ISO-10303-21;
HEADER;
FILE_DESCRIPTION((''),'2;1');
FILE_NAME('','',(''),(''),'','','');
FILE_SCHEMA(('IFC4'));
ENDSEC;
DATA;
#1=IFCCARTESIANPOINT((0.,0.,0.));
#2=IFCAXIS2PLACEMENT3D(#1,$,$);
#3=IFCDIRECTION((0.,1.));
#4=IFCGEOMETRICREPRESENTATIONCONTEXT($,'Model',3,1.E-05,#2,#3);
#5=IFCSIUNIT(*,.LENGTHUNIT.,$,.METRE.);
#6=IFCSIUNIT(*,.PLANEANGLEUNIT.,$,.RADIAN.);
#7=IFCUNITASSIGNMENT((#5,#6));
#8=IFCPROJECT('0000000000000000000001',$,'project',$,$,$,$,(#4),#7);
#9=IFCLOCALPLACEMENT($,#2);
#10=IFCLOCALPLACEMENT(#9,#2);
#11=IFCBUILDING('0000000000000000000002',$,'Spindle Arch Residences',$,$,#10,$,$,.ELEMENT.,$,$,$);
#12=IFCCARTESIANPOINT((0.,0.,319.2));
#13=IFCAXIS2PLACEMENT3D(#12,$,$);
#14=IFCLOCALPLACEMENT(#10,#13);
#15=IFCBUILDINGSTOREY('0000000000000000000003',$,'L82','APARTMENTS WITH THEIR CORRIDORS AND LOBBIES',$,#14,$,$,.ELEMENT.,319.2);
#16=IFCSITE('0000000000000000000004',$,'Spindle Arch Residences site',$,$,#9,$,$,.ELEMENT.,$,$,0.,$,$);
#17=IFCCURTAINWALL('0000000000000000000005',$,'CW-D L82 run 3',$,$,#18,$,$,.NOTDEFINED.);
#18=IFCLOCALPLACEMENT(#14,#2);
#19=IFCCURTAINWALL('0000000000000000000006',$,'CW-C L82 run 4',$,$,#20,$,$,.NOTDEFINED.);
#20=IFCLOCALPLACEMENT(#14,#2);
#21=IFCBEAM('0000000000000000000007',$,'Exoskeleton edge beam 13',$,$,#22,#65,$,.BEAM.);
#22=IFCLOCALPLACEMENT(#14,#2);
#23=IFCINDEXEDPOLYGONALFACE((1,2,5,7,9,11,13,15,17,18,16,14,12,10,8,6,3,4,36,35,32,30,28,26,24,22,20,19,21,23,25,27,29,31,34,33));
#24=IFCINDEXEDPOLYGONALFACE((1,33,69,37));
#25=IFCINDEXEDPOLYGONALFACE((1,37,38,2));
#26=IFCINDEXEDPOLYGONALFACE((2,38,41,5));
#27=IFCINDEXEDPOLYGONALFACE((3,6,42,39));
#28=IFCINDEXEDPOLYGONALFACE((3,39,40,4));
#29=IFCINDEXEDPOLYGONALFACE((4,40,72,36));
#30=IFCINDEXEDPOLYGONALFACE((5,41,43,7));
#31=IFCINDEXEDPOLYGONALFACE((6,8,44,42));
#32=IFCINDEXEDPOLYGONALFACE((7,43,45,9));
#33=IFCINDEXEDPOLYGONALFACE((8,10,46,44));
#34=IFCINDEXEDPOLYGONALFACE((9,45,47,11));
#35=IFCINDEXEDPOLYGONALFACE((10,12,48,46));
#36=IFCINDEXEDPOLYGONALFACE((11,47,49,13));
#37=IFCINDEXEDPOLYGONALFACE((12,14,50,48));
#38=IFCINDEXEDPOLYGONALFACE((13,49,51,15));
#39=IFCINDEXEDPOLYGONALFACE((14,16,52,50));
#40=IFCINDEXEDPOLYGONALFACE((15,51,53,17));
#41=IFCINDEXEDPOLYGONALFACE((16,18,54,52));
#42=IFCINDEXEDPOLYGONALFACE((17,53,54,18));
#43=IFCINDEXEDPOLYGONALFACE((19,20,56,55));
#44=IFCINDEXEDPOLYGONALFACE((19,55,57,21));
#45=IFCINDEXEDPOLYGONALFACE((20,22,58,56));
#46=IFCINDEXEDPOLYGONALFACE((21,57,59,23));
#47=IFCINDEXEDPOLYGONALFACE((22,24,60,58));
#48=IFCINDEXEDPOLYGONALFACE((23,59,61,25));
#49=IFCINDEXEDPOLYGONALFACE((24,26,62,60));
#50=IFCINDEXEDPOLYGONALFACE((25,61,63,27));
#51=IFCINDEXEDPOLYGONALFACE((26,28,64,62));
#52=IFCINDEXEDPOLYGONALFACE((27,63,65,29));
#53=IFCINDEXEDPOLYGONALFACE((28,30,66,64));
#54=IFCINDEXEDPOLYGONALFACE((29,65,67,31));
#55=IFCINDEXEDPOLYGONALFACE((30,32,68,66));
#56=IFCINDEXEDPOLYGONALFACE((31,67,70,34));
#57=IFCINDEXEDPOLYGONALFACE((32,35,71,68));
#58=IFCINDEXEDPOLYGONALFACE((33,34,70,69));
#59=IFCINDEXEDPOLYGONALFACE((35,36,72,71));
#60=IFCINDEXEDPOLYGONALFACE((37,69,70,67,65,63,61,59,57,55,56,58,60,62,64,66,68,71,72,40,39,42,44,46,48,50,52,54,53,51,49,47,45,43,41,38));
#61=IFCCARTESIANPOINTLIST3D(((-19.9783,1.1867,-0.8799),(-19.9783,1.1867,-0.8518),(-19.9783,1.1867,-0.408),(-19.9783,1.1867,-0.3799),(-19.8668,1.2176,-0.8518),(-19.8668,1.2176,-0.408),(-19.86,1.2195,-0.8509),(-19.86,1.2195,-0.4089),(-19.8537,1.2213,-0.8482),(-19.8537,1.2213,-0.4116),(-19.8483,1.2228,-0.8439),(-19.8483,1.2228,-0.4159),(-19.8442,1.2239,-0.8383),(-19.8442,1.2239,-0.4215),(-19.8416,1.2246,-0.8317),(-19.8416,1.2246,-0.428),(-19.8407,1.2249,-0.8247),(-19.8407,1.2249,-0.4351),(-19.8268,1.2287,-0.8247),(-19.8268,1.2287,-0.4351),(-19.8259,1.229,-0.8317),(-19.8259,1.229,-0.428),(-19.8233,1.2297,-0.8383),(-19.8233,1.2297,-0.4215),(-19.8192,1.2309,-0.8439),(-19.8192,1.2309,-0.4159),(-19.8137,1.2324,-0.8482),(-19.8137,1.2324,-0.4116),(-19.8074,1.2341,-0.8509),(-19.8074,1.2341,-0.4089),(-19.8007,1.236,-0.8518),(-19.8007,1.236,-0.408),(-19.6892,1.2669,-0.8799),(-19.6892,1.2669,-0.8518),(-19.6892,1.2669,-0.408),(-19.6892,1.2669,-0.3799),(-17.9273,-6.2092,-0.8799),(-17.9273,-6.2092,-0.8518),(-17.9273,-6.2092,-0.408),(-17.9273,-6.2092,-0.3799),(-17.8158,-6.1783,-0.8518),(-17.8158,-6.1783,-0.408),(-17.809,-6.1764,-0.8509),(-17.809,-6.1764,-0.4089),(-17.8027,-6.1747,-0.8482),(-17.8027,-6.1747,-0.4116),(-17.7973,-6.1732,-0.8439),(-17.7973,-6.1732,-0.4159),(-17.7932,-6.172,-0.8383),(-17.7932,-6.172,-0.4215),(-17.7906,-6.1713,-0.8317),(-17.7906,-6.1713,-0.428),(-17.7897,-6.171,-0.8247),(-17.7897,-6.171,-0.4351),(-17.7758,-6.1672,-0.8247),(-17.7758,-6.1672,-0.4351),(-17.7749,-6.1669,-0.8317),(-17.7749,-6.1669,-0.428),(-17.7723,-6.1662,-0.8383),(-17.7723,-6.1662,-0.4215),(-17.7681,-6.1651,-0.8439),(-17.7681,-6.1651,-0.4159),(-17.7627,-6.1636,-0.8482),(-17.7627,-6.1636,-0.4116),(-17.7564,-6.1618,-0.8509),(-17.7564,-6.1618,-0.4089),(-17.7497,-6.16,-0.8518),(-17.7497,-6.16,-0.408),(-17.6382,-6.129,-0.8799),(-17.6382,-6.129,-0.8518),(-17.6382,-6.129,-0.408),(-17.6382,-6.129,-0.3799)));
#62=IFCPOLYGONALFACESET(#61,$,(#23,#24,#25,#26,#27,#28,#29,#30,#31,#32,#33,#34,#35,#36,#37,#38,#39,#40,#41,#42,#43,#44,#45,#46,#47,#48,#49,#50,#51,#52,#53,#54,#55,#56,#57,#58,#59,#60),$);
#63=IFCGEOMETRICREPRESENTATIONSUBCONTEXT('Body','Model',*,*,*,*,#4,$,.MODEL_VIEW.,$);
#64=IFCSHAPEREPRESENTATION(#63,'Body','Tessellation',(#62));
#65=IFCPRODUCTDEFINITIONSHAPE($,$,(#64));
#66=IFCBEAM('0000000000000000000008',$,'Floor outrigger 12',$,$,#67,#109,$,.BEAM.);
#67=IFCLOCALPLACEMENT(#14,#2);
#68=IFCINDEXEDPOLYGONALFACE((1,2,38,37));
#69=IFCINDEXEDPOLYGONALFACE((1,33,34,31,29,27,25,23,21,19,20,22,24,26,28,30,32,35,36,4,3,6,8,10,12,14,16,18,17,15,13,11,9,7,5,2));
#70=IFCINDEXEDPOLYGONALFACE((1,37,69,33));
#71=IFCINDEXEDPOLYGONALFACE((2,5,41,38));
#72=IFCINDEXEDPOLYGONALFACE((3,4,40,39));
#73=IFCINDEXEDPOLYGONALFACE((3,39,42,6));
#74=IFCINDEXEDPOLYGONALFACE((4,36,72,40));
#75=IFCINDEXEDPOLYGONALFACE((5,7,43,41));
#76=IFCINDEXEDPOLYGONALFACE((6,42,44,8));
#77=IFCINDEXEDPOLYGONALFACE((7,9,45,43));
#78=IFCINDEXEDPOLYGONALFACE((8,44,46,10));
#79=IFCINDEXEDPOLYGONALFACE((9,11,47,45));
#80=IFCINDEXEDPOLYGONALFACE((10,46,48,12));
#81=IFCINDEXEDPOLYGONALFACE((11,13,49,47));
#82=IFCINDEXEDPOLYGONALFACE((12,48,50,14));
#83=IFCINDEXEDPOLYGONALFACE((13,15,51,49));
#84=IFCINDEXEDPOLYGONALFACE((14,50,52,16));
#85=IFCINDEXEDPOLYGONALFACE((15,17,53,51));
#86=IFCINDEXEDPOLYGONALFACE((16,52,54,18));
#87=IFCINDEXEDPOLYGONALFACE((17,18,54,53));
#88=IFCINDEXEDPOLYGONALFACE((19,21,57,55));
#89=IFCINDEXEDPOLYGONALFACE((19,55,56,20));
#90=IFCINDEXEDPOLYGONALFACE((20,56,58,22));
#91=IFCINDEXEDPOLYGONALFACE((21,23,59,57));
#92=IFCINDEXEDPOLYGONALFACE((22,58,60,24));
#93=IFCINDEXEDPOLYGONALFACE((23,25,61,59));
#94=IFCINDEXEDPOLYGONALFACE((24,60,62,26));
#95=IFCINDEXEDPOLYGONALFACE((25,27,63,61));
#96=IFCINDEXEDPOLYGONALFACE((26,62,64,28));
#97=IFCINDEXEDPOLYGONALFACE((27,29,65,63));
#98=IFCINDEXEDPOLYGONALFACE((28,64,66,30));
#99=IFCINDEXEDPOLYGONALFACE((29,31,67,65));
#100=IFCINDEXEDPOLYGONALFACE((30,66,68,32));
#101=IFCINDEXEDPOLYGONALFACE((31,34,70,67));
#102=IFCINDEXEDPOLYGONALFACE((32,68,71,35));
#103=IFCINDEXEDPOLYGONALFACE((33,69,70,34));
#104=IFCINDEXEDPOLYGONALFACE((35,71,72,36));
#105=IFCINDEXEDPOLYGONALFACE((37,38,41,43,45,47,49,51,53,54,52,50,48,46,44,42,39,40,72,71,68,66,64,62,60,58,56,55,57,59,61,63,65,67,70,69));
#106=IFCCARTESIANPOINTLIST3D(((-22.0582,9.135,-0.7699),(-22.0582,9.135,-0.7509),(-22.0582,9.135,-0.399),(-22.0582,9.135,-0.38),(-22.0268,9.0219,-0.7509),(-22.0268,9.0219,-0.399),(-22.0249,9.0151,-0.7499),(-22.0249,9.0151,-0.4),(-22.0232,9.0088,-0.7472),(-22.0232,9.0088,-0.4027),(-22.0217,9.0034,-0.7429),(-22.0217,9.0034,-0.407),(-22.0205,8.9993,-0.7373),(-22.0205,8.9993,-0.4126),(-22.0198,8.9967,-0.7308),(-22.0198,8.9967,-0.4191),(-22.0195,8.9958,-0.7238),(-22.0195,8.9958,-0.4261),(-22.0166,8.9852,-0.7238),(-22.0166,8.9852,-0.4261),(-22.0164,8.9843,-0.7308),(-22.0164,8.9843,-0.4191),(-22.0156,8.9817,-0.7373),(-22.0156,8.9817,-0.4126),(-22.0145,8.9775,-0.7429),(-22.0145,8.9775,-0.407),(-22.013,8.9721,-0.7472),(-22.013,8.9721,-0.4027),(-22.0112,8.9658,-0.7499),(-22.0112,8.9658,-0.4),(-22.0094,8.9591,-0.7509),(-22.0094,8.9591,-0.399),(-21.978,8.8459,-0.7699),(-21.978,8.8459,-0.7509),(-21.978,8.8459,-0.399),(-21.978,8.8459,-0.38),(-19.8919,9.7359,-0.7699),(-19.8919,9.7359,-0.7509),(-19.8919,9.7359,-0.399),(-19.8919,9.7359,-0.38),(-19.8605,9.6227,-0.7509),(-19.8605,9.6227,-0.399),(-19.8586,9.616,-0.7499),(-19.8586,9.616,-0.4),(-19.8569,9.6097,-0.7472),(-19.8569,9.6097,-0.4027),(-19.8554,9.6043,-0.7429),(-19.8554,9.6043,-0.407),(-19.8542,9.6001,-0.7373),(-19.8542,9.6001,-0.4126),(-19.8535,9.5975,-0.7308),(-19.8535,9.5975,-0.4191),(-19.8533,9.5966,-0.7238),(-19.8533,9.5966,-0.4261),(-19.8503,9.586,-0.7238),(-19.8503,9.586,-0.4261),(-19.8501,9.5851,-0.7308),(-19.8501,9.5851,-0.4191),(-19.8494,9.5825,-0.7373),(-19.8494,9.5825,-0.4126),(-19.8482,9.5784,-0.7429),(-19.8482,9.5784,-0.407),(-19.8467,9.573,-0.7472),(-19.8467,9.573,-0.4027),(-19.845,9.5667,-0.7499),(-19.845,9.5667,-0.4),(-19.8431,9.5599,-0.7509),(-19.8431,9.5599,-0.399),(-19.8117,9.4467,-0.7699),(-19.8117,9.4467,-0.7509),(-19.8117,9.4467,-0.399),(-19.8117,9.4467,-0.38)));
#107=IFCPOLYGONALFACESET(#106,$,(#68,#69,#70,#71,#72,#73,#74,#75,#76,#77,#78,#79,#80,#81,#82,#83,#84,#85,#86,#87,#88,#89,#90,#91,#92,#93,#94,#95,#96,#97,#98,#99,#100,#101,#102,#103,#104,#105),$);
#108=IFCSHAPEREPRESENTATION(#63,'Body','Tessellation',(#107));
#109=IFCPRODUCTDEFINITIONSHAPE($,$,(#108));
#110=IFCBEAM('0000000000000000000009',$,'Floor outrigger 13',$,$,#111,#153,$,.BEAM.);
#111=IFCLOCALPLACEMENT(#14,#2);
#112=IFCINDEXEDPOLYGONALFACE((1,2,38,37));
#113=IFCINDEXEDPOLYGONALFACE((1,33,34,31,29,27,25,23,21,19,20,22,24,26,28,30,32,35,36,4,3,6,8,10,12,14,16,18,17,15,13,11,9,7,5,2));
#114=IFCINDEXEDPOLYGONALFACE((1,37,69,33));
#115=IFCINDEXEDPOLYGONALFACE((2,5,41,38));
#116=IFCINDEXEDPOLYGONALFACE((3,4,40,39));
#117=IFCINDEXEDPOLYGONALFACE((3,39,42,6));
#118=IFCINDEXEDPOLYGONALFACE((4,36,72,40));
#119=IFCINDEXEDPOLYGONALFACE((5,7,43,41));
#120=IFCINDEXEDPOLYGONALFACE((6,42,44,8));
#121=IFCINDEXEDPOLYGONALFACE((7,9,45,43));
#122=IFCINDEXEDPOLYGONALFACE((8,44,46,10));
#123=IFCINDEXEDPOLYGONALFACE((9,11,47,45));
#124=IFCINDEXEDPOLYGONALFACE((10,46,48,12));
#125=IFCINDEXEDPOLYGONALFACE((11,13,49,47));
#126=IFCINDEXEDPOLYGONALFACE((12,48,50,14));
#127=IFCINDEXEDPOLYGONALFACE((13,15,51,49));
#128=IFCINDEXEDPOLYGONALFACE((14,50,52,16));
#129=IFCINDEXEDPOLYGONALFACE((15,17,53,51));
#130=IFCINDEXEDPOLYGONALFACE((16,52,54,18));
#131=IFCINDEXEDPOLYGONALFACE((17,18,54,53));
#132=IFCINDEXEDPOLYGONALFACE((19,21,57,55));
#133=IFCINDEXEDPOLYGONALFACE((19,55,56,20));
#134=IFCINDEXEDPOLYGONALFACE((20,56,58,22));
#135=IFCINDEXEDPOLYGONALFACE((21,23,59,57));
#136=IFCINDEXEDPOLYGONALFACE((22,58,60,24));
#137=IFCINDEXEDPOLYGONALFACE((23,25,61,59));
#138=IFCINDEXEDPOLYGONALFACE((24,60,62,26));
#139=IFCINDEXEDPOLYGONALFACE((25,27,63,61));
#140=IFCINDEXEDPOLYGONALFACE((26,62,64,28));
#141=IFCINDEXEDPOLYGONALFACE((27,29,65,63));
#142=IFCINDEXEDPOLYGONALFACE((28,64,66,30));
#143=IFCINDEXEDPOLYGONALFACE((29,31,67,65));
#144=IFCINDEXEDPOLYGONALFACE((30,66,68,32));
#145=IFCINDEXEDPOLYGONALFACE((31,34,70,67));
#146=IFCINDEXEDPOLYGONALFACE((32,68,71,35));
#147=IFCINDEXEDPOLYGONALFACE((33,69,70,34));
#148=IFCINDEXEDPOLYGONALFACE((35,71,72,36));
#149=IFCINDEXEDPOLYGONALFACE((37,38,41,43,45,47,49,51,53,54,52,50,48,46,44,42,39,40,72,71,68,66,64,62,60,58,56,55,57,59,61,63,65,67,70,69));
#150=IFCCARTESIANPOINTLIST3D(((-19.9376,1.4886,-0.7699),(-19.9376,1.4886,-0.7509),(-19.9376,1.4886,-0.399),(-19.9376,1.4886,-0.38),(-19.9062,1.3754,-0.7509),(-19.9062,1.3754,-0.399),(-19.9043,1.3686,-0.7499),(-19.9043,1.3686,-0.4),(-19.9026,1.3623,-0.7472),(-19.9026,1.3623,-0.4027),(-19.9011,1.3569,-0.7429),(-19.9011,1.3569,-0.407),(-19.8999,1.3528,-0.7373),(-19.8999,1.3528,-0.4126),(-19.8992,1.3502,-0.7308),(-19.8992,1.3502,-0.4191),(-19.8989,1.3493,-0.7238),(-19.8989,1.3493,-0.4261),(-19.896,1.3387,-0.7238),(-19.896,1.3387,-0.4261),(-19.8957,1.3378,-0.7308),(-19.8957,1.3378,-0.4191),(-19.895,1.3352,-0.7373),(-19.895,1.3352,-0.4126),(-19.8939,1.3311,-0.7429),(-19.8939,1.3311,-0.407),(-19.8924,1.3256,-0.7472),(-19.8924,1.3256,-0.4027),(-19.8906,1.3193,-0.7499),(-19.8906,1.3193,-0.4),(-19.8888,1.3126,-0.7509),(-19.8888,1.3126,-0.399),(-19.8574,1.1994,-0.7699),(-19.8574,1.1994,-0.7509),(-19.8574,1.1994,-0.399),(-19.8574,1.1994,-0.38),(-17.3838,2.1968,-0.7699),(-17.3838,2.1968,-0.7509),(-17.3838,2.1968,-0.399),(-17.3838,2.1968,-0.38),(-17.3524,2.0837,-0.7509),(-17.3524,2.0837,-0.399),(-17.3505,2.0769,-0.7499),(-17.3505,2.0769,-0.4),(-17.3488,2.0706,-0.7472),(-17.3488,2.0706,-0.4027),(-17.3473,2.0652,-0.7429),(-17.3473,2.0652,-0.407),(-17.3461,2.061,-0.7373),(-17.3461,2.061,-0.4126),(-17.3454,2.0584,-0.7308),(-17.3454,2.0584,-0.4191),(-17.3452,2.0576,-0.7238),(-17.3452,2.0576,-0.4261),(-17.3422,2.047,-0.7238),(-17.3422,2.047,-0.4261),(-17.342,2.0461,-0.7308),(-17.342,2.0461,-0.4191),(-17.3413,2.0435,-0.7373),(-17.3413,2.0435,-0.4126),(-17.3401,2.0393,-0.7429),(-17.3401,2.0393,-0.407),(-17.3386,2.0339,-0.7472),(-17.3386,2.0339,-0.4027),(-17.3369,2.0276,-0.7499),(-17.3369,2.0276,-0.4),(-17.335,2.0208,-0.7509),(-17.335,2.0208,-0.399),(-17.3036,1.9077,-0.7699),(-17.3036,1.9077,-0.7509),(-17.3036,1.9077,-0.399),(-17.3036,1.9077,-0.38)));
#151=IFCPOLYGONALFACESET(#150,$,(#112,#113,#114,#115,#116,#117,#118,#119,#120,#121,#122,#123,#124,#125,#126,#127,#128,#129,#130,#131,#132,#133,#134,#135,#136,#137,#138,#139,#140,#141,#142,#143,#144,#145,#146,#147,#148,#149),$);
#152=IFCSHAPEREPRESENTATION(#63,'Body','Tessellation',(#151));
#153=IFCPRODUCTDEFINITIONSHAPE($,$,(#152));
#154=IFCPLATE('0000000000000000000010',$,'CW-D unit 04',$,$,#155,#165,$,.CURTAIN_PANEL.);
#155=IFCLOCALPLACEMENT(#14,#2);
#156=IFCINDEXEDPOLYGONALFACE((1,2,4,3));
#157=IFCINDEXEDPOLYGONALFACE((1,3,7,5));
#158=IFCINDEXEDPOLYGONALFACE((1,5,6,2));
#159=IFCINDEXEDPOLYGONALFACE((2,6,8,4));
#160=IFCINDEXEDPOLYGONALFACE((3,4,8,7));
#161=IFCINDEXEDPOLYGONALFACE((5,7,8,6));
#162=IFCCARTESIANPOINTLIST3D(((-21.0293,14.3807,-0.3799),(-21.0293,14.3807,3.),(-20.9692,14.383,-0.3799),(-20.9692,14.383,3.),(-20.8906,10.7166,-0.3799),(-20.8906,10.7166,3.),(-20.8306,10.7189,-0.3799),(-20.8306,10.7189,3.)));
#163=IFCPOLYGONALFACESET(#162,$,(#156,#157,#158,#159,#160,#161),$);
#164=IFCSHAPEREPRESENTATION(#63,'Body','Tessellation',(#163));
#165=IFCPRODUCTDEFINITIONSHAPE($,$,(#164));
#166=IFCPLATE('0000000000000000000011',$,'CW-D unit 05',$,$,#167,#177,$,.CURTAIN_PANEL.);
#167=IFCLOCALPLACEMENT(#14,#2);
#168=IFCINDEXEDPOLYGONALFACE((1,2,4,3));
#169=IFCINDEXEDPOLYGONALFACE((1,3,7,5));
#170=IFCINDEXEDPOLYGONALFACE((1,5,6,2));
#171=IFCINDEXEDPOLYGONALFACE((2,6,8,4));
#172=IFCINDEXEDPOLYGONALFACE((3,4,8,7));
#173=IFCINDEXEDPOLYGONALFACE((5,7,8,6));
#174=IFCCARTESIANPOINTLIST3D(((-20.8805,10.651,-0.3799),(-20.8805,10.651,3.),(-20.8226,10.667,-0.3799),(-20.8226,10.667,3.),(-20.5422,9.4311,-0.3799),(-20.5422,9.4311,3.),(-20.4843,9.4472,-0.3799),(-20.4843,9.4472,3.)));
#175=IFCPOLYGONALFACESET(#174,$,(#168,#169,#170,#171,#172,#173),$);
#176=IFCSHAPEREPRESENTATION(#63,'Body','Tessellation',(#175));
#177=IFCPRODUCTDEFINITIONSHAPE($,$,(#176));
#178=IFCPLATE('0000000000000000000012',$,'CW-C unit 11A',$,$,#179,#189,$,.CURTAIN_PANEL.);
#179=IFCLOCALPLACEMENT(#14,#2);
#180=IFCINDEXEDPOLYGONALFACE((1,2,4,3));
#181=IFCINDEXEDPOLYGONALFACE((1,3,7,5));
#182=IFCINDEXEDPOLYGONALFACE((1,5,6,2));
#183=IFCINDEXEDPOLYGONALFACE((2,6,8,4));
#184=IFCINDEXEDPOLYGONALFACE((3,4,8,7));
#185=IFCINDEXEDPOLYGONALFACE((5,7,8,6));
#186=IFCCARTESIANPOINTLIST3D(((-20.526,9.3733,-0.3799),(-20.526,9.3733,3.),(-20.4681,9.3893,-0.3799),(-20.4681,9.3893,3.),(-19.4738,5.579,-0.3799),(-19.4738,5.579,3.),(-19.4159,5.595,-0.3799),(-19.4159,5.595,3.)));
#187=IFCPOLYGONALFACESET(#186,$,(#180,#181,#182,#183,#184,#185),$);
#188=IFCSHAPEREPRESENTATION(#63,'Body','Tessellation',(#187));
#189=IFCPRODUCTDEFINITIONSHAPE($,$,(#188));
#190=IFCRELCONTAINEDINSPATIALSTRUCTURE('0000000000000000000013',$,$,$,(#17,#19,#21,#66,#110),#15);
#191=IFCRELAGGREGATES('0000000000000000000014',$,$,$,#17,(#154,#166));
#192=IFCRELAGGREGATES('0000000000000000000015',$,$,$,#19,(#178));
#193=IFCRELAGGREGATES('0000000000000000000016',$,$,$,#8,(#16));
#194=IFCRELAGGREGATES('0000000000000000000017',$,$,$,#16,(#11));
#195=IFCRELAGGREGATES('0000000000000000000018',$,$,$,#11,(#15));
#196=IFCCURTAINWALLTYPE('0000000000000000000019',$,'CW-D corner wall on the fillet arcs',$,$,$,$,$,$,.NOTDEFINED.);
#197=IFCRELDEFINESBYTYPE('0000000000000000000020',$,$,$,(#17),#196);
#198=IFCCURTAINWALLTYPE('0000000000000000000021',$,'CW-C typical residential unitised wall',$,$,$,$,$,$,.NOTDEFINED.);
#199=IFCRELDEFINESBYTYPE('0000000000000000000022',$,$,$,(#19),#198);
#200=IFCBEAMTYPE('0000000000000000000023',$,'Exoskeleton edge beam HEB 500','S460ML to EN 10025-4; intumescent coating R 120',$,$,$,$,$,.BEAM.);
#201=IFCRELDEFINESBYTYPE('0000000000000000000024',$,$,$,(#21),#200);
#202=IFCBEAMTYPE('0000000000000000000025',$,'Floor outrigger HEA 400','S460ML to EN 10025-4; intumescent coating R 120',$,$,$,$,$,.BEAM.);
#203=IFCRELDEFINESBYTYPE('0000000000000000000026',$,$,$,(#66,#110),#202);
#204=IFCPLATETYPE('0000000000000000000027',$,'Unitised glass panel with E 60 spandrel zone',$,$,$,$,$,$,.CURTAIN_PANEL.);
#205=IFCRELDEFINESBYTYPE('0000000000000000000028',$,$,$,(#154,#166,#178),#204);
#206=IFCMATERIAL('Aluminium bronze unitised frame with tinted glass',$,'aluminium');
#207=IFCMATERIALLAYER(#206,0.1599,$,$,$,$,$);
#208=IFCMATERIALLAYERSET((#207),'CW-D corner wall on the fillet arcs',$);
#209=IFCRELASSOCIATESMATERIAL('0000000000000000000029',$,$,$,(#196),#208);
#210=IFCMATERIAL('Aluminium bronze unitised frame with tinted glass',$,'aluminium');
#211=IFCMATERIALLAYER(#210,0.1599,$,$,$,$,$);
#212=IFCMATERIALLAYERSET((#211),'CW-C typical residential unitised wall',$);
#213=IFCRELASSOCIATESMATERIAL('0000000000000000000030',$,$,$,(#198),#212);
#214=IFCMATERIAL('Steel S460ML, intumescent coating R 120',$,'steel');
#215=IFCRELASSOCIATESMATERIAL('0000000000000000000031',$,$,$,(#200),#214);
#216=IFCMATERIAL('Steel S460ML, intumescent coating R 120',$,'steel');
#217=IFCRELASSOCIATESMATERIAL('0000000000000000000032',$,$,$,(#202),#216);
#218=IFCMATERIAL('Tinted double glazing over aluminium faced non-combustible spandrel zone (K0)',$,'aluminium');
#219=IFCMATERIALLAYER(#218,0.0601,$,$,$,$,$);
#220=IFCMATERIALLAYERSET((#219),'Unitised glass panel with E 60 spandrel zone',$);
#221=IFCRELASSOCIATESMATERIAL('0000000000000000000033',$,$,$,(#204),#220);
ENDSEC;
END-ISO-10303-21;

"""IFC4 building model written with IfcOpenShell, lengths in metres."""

from ifc_helpers import new_model, si_unit, direction, frame, origin, origin_2d, place, context, subcontext, project, spatial, rectangle, i_section, extrude, material, layer, layer_set, material_profile, profile_set, type_object, element, aggregate, save


model = new_model("IFC4")

# Units and contexts
model_context = context("Model", 3, precision=1e-05, world=origin(), true_north=direction((0.0, 1.0)))
body_context = subcontext(model_context, "Body", "Model", "MODEL_VIEW")
ifc_project = project(units=[si_unit("LENGTHUNIT", "METRE"), si_unit("PLANEANGLEUNIT", "RADIAN")], contexts=[model_context])

# Site, building, storey
site_placement = place(None, origin())
site = spatial("IfcSite", under=ifc_project, at=site_placement, Name="Spindle Arch Residences site", CompositionType="ELEMENT", RefElevation=0.0)
building_placement = place(site_placement, origin())
building = spatial("IfcBuilding", under=site, at=building_placement, Name="Spindle Arch Residences", CompositionType="ELEMENT")
storey_placement = place(building_placement, frame((0.0, 0.0, 319.2)))
storey = spatial("IfcBuildingStorey", under=building, at=storey_placement, Name="L82", Description="APARTMENTS WITH THEIR CORRIDORS AND LOBBIES", CompositionType="ELEMENT", Elevation=319.2)

# Curtain wall
ifc_material_1 = material(Name="Aluminium bronze unitised frame with tinted glass", Category="aluminium")
ifc_layer_1 = layer(ifc_material_1, 0.1599)
ifc_layer_set_1 = layer_set([ifc_layer_1], Name="CW-D corner wall on the fillet arcs")
curtain_wall_type_1 = type_object("IfcCurtainWallType", Name="CW-D corner wall on the fillet arcs", PredefinedType="NOTDEFINED", material=ifc_layer_set_1)
curtain_wall_1_placement = place(storey_placement, origin())
curtain_wall_1 = element("IfcCurtainWall", 1, at=curtain_wall_1_placement, inside=storey, type_object=curtain_wall_type_1, Name="CW-D L82 run 3", PredefinedType="NOTDEFINED")

# Curtain wall
ifc_material_2 = material(Name="Aluminium bronze unitised frame with tinted glass", Category="aluminium")
ifc_layer_2 = layer(ifc_material_2, 0.1599)
ifc_layer_set_2 = layer_set([ifc_layer_2], Name="CW-C typical residential unitised wall")
curtain_wall_type_2 = type_object("IfcCurtainWallType", Name="CW-C typical residential unitised wall", PredefinedType="NOTDEFINED", material=ifc_layer_set_2)
curtain_wall_2_placement = place(storey_placement, origin())
curtain_wall_2 = element("IfcCurtainWall", 2, at=curtain_wall_2_placement, inside=storey, type_object=curtain_wall_type_2, Name="CW-C L82 run 4", PredefinedType="NOTDEFINED")

# Beams
ifc_material_3 = material(Name="Steel S460ML, intumescent coating R 120", Category="steel")
ifc_material_profile_1 = material_profile(ifc_material_3, i_section(OverallWidth=0.3, OverallDepth=0.5, WebThickness=0.0144, FlangeThickness=0.0281, FilletRadius=0.0271, at=origin_2d()), Name="HEB 500")
ifc_profile_set_1 = profile_set([ifc_material_profile_1], Name="Steel S460ML, intumescent coating R 120")
beam_type_1 = type_object("IfcBeamType", Name="Exoskeleton edge beam HEB 500", Description="S460ML to EN 10025-4; intumescent coating R 120", PredefinedType="BEAM", material=ifc_profile_set_1)
for number, where, z_axis, x_axis, name in (
    (3, (-19.8337, 1.2268, -0.6299), (0.26723, -0.963633, 0.0), (0.963633, 0.26723, 0.0), "Exoskeleton edge beam 13"),
):
    element("IfcBeam", number, at=place(storey_placement, frame(where, z_axis=z_axis, x_axis=x_axis)), inside=storey, type_object=beam_type_1, Name=name, PredefinedType="BEAM", context=body_context, shape_type="SweptSolid", body=[
        extrude(i_section(OverallWidth=0.3, OverallDepth=0.5, WebThickness=0.0144, FlangeThickness=0.0281, FilletRadius=0.0271, at=origin_2d()), origin(), (0.0, 0.0, 1.0), 7.675),
    ])
ifc_material_4 = material(Name="Steel S460ML, intumescent coating R 120", Category="steel")
ifc_material_profile_2 = material_profile(ifc_material_4, i_section(OverallWidth=0.3, OverallDepth=0.3899, WebThickness=0.011, FlangeThickness=0.019, FilletRadius=0.0271, at=origin_2d()), Name="HEA 400")
ifc_profile_set_2 = profile_set([ifc_material_profile_2], Name="Steel S460ML, intumescent coating R 120")
beam_type_2 = type_object("IfcBeamType", Name="Floor outrigger HEA 400", Description="S460ML to EN 10025-4; intumescent coating R 120", PredefinedType="BEAM", material=ifc_profile_set_2)
beam_1_placement = place(storey_placement, frame((-22.0181, 8.9905, -0.575), z_axis=(0.963622, 0.267269, 0.0), x_axis=(-0.267269, 0.963622, 0.0)))
element("IfcBeam", 4, at=beam_1_placement, inside=storey, type_object=beam_type_2, Name="Floor outrigger 12", PredefinedType="BEAM", context=body_context, shape_type="SweptSolid", body=[
    extrude(i_section(OverallWidth=0.3, OverallDepth=0.3899, WebThickness=0.011, FlangeThickness=0.019, FilletRadius=0.0271, at=origin_2d()), origin(), (0.0, 0.0, 1.0), 2.248),
])
beam_2_placement = place(storey_placement, frame((-19.8975, 1.344, -0.575), z_axis=(0.963626, 0.267254, 0.0), x_axis=(-0.267254, 0.963626, 0.0)))
element("IfcBeam", 5, at=beam_2_placement, inside=storey, type_object=beam_type_2, Name="Floor outrigger 13", PredefinedType="BEAM", context=body_context, shape_type="SweptSolid", body=[
    extrude(i_section(OverallWidth=0.3, OverallDepth=0.3899, WebThickness=0.011, FlangeThickness=0.019, FilletRadius=0.0271, at=origin_2d()), origin(), (0.0, 0.0, 1.0), 2.6501),
])

# Plates
ifc_material_5 = material(Name="Tinted double glazing over aluminium faced non-combustible spandrel zone (K0)", Category="aluminium")
ifc_layer_3 = layer(ifc_material_5, 0.0601)
ifc_layer_set_3 = layer_set([ifc_layer_3], Name="Unitised glass panel with E 60 spandrel zone")
plate_type = type_object("IfcPlateType", Name="Unitised glass panel with E 60 spandrel zone", PredefinedType="CURTAIN_PANEL", material=ifc_layer_set_3)
plate_1_placement = place(storey_placement, frame((-20.9299, 12.5498, -0.3799), z_axis=(0.0, 0.0, 1.0), x_axis=(0.037806, -0.999285, 0.0)))
plate_1 = element("IfcPlate", 6, at=plate_1_placement, type_object=plate_type, Name="CW-D unit 04", PredefinedType="CURTAIN_PANEL", context=body_context, shape_type="SweptSolid", body=[
    extrude(rectangle(XDim=3.6667, YDim=0.0601, at=origin_2d()), origin(), (0.0, 0.0, 1.0), 3.3799),
])
plate_2_placement = place(storey_placement, frame((-20.6824, 10.0491, -0.3799), z_axis=(0.0, 0.0, 1.0), x_axis=(0.267238, -0.96363, 0.0)))
plate_2 = element("IfcPlate", 7, at=plate_2_placement, type_object=plate_type, Name="CW-D unit 05", PredefinedType="CURTAIN_PANEL", context=body_context, shape_type="SweptSolid", body=[
    extrude(rectangle(XDim=1.2659, YDim=0.0601, at=origin_2d()), origin(), (0.0, 0.0, 1.0), 3.3799),
])
aggregate(curtain_wall_1, [plate_1, plate_2])
plate_3_placement = place(storey_placement, frame((-19.9709, 7.4841, -0.3799), z_axis=(0.0, 0.0, 1.0), x_axis=(0.267238, -0.96363, 0.0)))
plate_3 = element("IfcPlate", 8, at=plate_3_placement, type_object=plate_type, Name="CW-C unit 11A", PredefinedType="CURTAIN_PANEL", context=body_context, shape_type="SweptSolid", body=[
    extrude(rectangle(XDim=3.9375, YDim=0.0601, at=origin_2d()), origin(), (0.0, 0.0, 1.0), 3.3799),
])
aggregate(curtain_wall_2, [plate_3])

save(model, "model.ifc")
